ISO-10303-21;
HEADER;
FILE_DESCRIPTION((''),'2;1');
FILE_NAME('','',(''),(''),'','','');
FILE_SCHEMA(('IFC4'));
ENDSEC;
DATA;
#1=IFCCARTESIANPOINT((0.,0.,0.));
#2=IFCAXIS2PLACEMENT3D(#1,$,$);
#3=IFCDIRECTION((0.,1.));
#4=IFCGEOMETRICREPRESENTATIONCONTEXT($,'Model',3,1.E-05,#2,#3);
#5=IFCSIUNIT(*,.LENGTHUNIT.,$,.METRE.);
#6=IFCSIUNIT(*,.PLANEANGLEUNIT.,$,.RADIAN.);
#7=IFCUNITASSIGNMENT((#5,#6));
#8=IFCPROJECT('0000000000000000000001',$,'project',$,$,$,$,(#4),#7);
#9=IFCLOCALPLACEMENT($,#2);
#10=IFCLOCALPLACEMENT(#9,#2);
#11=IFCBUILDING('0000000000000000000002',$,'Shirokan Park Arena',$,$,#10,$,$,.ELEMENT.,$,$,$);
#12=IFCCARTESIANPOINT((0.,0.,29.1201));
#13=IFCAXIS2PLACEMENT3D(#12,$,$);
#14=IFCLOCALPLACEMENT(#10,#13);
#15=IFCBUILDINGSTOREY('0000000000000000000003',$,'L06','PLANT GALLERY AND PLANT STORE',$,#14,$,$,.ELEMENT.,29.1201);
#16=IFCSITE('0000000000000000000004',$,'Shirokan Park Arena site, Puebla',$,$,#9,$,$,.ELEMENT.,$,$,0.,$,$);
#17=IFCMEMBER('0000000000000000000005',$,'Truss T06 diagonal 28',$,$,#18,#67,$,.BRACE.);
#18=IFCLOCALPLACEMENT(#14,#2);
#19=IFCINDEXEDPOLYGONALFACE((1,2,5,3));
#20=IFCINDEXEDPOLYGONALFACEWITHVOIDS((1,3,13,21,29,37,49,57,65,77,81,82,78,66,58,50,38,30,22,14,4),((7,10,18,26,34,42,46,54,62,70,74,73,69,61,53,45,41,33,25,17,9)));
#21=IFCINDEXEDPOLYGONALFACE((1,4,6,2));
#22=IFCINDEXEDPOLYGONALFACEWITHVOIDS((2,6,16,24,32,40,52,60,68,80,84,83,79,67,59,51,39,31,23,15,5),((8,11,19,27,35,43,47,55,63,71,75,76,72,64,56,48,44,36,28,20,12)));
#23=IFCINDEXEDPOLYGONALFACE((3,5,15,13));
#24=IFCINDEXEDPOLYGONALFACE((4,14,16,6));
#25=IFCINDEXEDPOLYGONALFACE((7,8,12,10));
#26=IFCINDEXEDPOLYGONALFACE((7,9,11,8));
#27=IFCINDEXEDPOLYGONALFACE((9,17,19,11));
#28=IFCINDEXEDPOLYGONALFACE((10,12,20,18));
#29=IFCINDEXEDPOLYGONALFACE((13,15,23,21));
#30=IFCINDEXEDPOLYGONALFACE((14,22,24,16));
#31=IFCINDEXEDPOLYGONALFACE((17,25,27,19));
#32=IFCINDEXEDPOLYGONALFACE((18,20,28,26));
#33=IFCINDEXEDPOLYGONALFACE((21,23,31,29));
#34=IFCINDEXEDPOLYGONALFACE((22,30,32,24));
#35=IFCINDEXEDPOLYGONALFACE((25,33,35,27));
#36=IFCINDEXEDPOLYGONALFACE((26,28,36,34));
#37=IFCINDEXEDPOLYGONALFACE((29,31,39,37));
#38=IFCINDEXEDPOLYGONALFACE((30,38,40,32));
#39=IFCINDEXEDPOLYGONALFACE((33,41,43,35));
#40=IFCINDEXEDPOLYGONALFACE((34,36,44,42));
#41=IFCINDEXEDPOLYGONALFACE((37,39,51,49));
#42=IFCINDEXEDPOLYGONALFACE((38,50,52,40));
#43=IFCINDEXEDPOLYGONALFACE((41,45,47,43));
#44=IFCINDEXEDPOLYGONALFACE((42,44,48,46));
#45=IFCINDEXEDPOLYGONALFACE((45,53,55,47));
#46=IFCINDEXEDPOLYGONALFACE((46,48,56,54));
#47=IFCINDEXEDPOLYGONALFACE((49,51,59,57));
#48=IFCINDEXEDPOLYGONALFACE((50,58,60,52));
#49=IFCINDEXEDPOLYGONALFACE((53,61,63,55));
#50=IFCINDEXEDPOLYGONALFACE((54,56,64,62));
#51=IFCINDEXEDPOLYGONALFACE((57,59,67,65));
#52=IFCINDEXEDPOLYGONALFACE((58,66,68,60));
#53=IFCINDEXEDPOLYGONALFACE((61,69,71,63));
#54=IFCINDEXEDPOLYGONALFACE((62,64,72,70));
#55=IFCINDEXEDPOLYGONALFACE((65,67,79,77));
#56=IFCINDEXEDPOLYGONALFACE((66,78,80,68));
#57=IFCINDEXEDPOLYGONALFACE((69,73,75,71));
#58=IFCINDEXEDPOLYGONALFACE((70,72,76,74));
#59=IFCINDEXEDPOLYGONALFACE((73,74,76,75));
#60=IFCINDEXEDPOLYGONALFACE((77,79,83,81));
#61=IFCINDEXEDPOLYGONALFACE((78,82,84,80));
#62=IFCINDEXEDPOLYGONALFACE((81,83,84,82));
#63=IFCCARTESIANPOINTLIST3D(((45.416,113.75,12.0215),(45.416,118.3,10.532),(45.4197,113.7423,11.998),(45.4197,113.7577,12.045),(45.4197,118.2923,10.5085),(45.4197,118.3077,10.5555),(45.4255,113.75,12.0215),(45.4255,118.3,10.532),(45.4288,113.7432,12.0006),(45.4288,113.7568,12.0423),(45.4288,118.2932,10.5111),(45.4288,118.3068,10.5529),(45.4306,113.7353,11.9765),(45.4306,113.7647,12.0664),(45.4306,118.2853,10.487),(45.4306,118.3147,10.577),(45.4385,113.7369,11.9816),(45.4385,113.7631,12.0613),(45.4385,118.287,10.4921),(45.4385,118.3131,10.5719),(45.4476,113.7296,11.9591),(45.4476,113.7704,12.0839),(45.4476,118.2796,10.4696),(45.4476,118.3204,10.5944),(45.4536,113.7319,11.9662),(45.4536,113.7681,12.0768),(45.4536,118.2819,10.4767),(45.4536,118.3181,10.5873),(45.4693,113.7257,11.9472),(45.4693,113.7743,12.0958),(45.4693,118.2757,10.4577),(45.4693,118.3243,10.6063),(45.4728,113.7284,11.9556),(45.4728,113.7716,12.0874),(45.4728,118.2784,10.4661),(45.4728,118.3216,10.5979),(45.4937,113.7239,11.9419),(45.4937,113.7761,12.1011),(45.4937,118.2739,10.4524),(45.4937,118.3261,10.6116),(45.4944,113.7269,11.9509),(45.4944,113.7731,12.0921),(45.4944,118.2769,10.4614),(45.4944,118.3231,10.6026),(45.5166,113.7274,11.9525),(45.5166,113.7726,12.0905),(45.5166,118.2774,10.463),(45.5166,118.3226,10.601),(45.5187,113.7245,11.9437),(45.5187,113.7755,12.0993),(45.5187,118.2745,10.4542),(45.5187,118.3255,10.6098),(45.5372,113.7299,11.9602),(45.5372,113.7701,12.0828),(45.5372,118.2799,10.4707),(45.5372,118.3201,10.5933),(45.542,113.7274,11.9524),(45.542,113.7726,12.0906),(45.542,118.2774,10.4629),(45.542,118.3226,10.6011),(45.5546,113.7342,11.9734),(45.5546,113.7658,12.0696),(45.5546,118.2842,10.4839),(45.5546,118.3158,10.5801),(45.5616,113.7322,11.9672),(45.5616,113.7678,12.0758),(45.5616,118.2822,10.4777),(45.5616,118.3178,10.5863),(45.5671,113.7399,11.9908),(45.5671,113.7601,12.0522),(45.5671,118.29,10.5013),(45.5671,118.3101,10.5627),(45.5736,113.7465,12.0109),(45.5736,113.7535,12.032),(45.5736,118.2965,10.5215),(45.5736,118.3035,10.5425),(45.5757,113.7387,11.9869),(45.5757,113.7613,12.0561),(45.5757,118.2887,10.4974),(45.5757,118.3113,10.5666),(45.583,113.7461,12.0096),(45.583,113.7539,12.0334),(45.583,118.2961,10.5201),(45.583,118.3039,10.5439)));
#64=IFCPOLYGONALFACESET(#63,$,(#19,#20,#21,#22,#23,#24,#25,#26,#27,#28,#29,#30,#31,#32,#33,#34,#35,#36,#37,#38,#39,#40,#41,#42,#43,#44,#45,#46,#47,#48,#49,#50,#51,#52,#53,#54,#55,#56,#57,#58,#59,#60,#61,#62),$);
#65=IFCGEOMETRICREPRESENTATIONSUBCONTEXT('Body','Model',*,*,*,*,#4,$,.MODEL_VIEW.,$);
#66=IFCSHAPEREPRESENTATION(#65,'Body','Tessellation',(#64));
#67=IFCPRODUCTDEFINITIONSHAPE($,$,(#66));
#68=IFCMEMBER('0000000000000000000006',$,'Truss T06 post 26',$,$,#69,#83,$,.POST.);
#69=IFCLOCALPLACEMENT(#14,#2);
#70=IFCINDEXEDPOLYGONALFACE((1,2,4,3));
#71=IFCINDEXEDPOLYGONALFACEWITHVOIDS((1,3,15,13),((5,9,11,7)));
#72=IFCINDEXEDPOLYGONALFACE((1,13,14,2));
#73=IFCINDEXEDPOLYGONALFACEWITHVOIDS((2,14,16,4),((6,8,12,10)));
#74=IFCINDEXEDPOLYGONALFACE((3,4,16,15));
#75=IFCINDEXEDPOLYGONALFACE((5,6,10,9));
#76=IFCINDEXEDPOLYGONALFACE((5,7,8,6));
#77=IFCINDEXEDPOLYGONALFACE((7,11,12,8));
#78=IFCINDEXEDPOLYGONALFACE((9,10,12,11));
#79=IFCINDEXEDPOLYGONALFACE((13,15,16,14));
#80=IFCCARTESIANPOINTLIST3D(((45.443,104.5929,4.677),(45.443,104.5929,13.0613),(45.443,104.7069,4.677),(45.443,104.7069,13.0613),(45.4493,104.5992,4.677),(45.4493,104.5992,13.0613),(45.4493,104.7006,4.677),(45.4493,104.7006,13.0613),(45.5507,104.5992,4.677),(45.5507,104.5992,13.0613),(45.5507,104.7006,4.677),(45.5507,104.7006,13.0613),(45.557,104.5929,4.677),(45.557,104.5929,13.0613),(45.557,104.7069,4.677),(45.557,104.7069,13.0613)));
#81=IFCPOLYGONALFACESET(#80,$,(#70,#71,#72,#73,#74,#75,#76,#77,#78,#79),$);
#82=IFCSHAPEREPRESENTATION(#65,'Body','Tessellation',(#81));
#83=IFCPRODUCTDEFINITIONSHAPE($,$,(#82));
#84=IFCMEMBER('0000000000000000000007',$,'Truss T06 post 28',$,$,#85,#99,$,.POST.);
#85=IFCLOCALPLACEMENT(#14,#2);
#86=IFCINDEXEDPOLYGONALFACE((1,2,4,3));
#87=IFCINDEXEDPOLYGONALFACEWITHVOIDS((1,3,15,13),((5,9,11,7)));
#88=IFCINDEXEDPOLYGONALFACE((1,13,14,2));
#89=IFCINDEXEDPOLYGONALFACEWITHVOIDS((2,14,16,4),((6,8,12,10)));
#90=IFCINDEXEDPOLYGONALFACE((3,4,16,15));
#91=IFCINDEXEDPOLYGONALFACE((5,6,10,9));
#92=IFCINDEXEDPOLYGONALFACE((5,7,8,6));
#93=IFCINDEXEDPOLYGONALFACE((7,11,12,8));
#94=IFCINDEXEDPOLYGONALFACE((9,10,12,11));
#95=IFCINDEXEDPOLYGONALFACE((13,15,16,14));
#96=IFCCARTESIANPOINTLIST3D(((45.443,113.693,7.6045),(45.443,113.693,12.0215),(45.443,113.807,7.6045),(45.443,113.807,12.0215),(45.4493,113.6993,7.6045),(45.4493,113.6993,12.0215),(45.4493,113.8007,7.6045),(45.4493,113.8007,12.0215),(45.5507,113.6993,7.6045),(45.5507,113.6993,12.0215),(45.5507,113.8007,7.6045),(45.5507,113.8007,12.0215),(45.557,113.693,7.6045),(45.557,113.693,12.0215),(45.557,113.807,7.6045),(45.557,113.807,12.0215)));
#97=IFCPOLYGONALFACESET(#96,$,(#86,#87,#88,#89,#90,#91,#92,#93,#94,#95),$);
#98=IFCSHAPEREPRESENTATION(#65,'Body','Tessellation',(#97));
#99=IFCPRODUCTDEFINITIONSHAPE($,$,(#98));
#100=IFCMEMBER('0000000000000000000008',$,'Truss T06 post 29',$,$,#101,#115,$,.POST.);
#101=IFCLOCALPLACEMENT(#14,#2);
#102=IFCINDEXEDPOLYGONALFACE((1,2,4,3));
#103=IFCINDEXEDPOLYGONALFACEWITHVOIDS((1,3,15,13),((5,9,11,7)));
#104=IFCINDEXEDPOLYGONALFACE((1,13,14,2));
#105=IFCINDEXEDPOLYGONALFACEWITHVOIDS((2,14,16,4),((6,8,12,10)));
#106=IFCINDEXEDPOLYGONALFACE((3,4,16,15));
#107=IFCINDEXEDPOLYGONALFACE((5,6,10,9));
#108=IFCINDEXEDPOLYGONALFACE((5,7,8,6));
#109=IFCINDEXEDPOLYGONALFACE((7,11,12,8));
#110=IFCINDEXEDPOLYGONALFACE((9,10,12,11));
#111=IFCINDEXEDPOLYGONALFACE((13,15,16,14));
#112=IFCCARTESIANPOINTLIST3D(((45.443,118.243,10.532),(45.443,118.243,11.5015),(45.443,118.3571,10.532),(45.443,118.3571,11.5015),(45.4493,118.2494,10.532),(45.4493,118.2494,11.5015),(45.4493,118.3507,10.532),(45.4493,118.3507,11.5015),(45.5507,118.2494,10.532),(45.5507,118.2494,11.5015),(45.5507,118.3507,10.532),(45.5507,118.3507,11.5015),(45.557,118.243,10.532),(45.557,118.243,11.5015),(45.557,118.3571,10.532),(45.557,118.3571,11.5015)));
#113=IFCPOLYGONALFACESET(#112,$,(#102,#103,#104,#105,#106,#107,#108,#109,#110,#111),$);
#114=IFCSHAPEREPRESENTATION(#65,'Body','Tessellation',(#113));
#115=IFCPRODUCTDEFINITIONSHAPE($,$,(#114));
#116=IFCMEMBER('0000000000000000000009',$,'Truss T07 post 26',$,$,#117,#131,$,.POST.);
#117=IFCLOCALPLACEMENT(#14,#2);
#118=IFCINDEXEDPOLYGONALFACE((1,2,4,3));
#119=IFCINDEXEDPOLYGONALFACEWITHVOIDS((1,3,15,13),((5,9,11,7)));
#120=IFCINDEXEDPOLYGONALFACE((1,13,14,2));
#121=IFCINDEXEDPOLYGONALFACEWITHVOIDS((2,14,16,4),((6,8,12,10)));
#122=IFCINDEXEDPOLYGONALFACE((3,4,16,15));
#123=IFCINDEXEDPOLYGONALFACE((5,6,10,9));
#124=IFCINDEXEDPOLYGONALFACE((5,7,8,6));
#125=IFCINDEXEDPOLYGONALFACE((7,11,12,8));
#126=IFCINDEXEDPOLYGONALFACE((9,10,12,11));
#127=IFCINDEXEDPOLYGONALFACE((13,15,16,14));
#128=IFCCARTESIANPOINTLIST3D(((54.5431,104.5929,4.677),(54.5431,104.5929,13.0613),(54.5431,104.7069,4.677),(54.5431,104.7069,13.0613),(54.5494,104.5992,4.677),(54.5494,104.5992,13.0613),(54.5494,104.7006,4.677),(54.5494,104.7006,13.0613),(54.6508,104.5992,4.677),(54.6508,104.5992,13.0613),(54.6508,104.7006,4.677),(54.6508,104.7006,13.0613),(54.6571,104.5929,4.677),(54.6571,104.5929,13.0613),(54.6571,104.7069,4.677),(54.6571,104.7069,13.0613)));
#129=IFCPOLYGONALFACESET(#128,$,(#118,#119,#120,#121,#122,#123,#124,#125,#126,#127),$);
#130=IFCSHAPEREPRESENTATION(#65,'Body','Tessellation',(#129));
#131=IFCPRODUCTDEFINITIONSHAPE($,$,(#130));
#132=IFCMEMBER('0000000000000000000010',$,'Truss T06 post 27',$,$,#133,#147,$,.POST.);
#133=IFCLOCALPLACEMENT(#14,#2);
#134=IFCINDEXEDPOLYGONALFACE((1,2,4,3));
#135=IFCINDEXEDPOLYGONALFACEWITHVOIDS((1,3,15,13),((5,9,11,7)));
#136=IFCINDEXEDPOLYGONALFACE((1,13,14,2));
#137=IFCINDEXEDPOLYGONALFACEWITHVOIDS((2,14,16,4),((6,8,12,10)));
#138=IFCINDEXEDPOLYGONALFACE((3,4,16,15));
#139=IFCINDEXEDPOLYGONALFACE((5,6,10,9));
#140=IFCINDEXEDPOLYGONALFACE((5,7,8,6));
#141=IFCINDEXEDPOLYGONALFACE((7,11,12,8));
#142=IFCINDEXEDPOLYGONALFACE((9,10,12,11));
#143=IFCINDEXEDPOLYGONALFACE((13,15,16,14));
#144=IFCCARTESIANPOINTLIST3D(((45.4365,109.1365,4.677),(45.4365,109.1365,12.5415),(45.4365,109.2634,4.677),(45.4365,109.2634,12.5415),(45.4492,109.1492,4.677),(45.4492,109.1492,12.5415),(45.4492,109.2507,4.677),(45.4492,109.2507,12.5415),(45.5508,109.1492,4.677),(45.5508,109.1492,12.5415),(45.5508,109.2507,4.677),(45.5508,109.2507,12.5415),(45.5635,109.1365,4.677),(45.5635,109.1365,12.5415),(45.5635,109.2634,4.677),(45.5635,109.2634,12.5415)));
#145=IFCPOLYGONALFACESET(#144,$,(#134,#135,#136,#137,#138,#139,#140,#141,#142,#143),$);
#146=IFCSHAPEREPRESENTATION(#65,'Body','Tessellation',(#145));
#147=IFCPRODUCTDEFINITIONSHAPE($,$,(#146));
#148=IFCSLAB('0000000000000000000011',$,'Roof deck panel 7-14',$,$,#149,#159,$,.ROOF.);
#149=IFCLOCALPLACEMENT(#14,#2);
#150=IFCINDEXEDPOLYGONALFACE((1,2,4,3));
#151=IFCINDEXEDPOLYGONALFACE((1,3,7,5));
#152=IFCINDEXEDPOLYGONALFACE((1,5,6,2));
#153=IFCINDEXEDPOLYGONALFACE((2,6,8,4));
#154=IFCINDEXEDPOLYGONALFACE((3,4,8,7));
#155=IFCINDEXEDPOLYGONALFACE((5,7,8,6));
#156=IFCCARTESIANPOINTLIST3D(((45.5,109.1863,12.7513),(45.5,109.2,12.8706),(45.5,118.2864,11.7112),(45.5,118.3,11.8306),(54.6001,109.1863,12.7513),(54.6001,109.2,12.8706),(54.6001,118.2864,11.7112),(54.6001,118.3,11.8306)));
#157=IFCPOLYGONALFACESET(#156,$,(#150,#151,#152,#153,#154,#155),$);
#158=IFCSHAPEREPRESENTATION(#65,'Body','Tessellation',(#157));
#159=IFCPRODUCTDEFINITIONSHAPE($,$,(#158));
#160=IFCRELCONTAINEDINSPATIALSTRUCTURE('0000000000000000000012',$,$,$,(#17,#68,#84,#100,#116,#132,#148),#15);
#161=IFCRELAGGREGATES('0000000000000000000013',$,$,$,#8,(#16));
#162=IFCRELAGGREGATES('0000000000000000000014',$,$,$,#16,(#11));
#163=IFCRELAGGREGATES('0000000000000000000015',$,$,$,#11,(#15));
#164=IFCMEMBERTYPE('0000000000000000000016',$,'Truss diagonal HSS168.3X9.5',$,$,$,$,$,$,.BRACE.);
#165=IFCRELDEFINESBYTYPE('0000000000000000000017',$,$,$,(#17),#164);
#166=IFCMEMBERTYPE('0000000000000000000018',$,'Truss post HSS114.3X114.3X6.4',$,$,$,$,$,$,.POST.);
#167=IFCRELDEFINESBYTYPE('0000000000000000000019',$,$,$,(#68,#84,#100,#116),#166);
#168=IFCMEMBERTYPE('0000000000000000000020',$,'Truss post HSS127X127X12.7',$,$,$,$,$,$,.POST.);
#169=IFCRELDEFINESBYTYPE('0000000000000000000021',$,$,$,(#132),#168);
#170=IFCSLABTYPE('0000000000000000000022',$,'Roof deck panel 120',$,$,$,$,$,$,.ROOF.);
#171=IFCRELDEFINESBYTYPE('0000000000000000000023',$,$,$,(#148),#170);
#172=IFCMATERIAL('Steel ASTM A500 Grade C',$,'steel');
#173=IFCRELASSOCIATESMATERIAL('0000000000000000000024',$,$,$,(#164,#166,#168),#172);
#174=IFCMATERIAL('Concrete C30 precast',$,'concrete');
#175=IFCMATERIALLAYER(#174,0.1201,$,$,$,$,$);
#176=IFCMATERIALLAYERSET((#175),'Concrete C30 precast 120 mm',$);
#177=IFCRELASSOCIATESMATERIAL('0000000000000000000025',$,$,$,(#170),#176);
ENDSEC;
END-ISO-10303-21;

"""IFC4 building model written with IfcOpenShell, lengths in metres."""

from ifc_helpers import new_model, si_unit, direction, frame, origin, origin_2d, place, context, subcontext, project, spatial, polyline, hollow_rectangle, hollow_circle, outline, extrude, material, layer, layer_set, material_profile, profile_set, type_object, element, save


model = new_model("IFC4")

# Units and contexts
model_context = context("Model", 3, precision=1e-05, world=origin(), true_north=direction((0.0, 1.0)))
body_context = subcontext(model_context, "Body", "Model", "MODEL_VIEW")
ifc_project = project(units=[si_unit("LENGTHUNIT", "METRE"), si_unit("PLANEANGLEUNIT", "RADIAN")], contexts=[model_context])

# Site, building, storey
site_placement = place(None, origin())
site = spatial("IfcSite", under=ifc_project, at=site_placement, Name="Shirokan Park Arena site, Puebla", CompositionType="ELEMENT", RefElevation=0.0)
building_placement = place(site_placement, origin())
building = spatial("IfcBuilding", under=site, at=building_placement, Name="Shirokan Park Arena", CompositionType="ELEMENT")
storey_placement = place(building_placement, frame((0.0, 0.0, 29.1201)))
storey = spatial("IfcBuildingStorey", under=building, at=storey_placement, Name="L06", Description="PLANT GALLERY AND PLANT STORE", CompositionType="ELEMENT", Elevation=29.1201)

# Shared definitions
ifc_material_1 = material(Name="Steel ASTM A500 Grade C", Category="steel")

# Members
ifc_material_profile_1 = material_profile(ifc_material_1, hollow_circle(Radius=0.084, WallThickness=0.0095, at=origin_2d()), Name="HSS168.3X9.5")
ifc_profile_set_1 = profile_set([ifc_material_profile_1], Name="Steel ASTM A500 Grade C")
member_type_1 = type_object("IfcMemberType", Name="Truss diagonal HSS168.3X9.5", PredefinedType="BRACE", material=ifc_profile_set_1)
member_1_placement = place(storey_placement, frame((45.5, 113.75, 12.0215), z_axis=(0.0, 0.950373, -0.311114), x_axis=(-1.0, 0.0, 0.0)))
element("IfcMember", 1, at=member_1_placement, inside=storey, type_object=member_type_1, Name="Truss T06 diagonal 28", PredefinedType="BRACE", context=body_context, shape_type="SweptSolid", body=[
    extrude(hollow_circle(Radius=0.084, WallThickness=0.0095, at=origin_2d()), origin(), (0.0, 0.0, 1.0), 4.7876),
])
ifc_material_profile_2 = material_profile(ifc_material_1, hollow_rectangle(XDim=0.114, YDim=0.114, WallThickness=0.0063, at=origin_2d()), Name="HSS114.3X114.3X6.4")
ifc_profile_set_2 = profile_set([ifc_material_profile_2], Name="Steel ASTM A500 Grade C")
member_type_2 = type_object("IfcMemberType", Name="Truss post HSS114.3X114.3X6.4", PredefinedType="POST", material=ifc_profile_set_2)
member_2_placement = place(storey_placement, frame((45.5, 104.6499, 4.677), z_axis=(0.0, 0.0, 1.0), x_axis=(1.0, 0.0, 0.0)))
element("IfcMember", 2, at=member_2_placement, inside=storey, type_object=member_type_2, Name="Truss T06 post 26", PredefinedType="POST", context=body_context, shape_type="SweptSolid", body=[
    extrude(hollow_rectangle(XDim=0.114, YDim=0.114, WallThickness=0.0063, at=origin_2d()), origin(), (0.0, 0.0, 1.0), 8.3843),
])
member_3_placement = place(storey_placement, frame((45.5, 113.75, 7.6045), z_axis=(0.0, 0.0, 1.0), x_axis=(1.0, 0.0, 0.0)))
element("IfcMember", 3, at=member_3_placement, inside=storey, type_object=member_type_2, Name="Truss T06 post 28", PredefinedType="POST", context=body_context, shape_type="SweptSolid", body=[
    extrude(hollow_rectangle(XDim=0.114, YDim=0.114, WallThickness=0.0063, at=origin_2d()), origin(), (0.0, 0.0, 1.0), 4.417),
])
member_4_placement = place(storey_placement, frame((45.5, 118.3, 10.532), z_axis=(0.0, 0.0, 1.0), x_axis=(1.0, 0.0, 0.0)))
element("IfcMember", 4, at=member_4_placement, inside=storey, type_object=member_type_2, Name="Truss T06 post 29", PredefinedType="POST", context=body_context, shape_type="SweptSolid", body=[
    extrude(hollow_rectangle(XDim=0.114, YDim=0.114, WallThickness=0.0063, at=origin_2d()), origin(), (0.0, 0.0, 1.0), 0.9695),
])
member_5_placement = place(storey_placement, frame((54.6001, 104.6499, 4.677), z_axis=(0.0, 0.0, 1.0), x_axis=(1.0, 0.0, 0.0)))
element("IfcMember", 5, at=member_5_placement, inside=storey, type_object=member_type_2, Name="Truss T07 post 26", PredefinedType="POST", context=body_context, shape_type="SweptSolid", body=[
    extrude(hollow_rectangle(XDim=0.114, YDim=0.114, WallThickness=0.0063, at=origin_2d()), origin(), (0.0, 0.0, 1.0), 8.3843),
])
ifc_material_profile_3 = material_profile(ifc_material_1, hollow_rectangle(XDim=0.127, YDim=0.127, WallThickness=0.0127, at=origin_2d()), Name="HSS127X127X12.7")
ifc_profile_set_3 = profile_set([ifc_material_profile_3], Name="Steel ASTM A500 Grade C")
member_type_3 = type_object("IfcMemberType", Name="Truss post HSS127X127X12.7", PredefinedType="POST", material=ifc_profile_set_3)
member_6_placement = place(storey_placement, frame((45.5, 109.2, 4.677), z_axis=(0.0, 0.0, 1.0), x_axis=(1.0, 0.0, 0.0)))
element("IfcMember", 6, at=member_6_placement, inside=storey, type_object=member_type_3, Name="Truss T06 post 27", PredefinedType="POST", context=body_context, shape_type="SweptSolid", body=[
    extrude(hollow_rectangle(XDim=0.127, YDim=0.127, WallThickness=0.0127, at=origin_2d()), origin(), (0.0, 0.0, 1.0), 7.8645),
])

# Slab
ifc_material_2 = material(Name="Concrete C30 precast", Category="concrete")
ifc_layer_1 = layer(ifc_material_2, 0.1201)
ifc_layer_set_1 = layer_set([ifc_layer_1], Name="Concrete C30 precast 120 mm")
slab_type = type_object("IfcSlabType", Name="Roof deck panel 120", PredefinedType="ROOF", material=ifc_layer_set_1)
slab_placement = place(storey_placement, frame((45.5, 109.2, 12.8706), z_axis=(0.0, 0.11355, 0.993532), x_axis=(1.0, 0.0, 0.0)))
element("IfcSlab", 7, at=slab_placement, inside=storey, type_object=slab_type, Name="Roof deck panel 7-14", PredefinedType="ROOF", context=body_context, shape_type="SweptSolid", body=[
    extrude(outline(polyline([(0.0, 0.0), (9.1001, 0.0), (9.1001, 9.1593), (0.0, 9.1593), (0.0, 0.0)])), origin(), (0.0, 0.0, -1.0), 0.1201),
])

save(model, "model.ifc")
